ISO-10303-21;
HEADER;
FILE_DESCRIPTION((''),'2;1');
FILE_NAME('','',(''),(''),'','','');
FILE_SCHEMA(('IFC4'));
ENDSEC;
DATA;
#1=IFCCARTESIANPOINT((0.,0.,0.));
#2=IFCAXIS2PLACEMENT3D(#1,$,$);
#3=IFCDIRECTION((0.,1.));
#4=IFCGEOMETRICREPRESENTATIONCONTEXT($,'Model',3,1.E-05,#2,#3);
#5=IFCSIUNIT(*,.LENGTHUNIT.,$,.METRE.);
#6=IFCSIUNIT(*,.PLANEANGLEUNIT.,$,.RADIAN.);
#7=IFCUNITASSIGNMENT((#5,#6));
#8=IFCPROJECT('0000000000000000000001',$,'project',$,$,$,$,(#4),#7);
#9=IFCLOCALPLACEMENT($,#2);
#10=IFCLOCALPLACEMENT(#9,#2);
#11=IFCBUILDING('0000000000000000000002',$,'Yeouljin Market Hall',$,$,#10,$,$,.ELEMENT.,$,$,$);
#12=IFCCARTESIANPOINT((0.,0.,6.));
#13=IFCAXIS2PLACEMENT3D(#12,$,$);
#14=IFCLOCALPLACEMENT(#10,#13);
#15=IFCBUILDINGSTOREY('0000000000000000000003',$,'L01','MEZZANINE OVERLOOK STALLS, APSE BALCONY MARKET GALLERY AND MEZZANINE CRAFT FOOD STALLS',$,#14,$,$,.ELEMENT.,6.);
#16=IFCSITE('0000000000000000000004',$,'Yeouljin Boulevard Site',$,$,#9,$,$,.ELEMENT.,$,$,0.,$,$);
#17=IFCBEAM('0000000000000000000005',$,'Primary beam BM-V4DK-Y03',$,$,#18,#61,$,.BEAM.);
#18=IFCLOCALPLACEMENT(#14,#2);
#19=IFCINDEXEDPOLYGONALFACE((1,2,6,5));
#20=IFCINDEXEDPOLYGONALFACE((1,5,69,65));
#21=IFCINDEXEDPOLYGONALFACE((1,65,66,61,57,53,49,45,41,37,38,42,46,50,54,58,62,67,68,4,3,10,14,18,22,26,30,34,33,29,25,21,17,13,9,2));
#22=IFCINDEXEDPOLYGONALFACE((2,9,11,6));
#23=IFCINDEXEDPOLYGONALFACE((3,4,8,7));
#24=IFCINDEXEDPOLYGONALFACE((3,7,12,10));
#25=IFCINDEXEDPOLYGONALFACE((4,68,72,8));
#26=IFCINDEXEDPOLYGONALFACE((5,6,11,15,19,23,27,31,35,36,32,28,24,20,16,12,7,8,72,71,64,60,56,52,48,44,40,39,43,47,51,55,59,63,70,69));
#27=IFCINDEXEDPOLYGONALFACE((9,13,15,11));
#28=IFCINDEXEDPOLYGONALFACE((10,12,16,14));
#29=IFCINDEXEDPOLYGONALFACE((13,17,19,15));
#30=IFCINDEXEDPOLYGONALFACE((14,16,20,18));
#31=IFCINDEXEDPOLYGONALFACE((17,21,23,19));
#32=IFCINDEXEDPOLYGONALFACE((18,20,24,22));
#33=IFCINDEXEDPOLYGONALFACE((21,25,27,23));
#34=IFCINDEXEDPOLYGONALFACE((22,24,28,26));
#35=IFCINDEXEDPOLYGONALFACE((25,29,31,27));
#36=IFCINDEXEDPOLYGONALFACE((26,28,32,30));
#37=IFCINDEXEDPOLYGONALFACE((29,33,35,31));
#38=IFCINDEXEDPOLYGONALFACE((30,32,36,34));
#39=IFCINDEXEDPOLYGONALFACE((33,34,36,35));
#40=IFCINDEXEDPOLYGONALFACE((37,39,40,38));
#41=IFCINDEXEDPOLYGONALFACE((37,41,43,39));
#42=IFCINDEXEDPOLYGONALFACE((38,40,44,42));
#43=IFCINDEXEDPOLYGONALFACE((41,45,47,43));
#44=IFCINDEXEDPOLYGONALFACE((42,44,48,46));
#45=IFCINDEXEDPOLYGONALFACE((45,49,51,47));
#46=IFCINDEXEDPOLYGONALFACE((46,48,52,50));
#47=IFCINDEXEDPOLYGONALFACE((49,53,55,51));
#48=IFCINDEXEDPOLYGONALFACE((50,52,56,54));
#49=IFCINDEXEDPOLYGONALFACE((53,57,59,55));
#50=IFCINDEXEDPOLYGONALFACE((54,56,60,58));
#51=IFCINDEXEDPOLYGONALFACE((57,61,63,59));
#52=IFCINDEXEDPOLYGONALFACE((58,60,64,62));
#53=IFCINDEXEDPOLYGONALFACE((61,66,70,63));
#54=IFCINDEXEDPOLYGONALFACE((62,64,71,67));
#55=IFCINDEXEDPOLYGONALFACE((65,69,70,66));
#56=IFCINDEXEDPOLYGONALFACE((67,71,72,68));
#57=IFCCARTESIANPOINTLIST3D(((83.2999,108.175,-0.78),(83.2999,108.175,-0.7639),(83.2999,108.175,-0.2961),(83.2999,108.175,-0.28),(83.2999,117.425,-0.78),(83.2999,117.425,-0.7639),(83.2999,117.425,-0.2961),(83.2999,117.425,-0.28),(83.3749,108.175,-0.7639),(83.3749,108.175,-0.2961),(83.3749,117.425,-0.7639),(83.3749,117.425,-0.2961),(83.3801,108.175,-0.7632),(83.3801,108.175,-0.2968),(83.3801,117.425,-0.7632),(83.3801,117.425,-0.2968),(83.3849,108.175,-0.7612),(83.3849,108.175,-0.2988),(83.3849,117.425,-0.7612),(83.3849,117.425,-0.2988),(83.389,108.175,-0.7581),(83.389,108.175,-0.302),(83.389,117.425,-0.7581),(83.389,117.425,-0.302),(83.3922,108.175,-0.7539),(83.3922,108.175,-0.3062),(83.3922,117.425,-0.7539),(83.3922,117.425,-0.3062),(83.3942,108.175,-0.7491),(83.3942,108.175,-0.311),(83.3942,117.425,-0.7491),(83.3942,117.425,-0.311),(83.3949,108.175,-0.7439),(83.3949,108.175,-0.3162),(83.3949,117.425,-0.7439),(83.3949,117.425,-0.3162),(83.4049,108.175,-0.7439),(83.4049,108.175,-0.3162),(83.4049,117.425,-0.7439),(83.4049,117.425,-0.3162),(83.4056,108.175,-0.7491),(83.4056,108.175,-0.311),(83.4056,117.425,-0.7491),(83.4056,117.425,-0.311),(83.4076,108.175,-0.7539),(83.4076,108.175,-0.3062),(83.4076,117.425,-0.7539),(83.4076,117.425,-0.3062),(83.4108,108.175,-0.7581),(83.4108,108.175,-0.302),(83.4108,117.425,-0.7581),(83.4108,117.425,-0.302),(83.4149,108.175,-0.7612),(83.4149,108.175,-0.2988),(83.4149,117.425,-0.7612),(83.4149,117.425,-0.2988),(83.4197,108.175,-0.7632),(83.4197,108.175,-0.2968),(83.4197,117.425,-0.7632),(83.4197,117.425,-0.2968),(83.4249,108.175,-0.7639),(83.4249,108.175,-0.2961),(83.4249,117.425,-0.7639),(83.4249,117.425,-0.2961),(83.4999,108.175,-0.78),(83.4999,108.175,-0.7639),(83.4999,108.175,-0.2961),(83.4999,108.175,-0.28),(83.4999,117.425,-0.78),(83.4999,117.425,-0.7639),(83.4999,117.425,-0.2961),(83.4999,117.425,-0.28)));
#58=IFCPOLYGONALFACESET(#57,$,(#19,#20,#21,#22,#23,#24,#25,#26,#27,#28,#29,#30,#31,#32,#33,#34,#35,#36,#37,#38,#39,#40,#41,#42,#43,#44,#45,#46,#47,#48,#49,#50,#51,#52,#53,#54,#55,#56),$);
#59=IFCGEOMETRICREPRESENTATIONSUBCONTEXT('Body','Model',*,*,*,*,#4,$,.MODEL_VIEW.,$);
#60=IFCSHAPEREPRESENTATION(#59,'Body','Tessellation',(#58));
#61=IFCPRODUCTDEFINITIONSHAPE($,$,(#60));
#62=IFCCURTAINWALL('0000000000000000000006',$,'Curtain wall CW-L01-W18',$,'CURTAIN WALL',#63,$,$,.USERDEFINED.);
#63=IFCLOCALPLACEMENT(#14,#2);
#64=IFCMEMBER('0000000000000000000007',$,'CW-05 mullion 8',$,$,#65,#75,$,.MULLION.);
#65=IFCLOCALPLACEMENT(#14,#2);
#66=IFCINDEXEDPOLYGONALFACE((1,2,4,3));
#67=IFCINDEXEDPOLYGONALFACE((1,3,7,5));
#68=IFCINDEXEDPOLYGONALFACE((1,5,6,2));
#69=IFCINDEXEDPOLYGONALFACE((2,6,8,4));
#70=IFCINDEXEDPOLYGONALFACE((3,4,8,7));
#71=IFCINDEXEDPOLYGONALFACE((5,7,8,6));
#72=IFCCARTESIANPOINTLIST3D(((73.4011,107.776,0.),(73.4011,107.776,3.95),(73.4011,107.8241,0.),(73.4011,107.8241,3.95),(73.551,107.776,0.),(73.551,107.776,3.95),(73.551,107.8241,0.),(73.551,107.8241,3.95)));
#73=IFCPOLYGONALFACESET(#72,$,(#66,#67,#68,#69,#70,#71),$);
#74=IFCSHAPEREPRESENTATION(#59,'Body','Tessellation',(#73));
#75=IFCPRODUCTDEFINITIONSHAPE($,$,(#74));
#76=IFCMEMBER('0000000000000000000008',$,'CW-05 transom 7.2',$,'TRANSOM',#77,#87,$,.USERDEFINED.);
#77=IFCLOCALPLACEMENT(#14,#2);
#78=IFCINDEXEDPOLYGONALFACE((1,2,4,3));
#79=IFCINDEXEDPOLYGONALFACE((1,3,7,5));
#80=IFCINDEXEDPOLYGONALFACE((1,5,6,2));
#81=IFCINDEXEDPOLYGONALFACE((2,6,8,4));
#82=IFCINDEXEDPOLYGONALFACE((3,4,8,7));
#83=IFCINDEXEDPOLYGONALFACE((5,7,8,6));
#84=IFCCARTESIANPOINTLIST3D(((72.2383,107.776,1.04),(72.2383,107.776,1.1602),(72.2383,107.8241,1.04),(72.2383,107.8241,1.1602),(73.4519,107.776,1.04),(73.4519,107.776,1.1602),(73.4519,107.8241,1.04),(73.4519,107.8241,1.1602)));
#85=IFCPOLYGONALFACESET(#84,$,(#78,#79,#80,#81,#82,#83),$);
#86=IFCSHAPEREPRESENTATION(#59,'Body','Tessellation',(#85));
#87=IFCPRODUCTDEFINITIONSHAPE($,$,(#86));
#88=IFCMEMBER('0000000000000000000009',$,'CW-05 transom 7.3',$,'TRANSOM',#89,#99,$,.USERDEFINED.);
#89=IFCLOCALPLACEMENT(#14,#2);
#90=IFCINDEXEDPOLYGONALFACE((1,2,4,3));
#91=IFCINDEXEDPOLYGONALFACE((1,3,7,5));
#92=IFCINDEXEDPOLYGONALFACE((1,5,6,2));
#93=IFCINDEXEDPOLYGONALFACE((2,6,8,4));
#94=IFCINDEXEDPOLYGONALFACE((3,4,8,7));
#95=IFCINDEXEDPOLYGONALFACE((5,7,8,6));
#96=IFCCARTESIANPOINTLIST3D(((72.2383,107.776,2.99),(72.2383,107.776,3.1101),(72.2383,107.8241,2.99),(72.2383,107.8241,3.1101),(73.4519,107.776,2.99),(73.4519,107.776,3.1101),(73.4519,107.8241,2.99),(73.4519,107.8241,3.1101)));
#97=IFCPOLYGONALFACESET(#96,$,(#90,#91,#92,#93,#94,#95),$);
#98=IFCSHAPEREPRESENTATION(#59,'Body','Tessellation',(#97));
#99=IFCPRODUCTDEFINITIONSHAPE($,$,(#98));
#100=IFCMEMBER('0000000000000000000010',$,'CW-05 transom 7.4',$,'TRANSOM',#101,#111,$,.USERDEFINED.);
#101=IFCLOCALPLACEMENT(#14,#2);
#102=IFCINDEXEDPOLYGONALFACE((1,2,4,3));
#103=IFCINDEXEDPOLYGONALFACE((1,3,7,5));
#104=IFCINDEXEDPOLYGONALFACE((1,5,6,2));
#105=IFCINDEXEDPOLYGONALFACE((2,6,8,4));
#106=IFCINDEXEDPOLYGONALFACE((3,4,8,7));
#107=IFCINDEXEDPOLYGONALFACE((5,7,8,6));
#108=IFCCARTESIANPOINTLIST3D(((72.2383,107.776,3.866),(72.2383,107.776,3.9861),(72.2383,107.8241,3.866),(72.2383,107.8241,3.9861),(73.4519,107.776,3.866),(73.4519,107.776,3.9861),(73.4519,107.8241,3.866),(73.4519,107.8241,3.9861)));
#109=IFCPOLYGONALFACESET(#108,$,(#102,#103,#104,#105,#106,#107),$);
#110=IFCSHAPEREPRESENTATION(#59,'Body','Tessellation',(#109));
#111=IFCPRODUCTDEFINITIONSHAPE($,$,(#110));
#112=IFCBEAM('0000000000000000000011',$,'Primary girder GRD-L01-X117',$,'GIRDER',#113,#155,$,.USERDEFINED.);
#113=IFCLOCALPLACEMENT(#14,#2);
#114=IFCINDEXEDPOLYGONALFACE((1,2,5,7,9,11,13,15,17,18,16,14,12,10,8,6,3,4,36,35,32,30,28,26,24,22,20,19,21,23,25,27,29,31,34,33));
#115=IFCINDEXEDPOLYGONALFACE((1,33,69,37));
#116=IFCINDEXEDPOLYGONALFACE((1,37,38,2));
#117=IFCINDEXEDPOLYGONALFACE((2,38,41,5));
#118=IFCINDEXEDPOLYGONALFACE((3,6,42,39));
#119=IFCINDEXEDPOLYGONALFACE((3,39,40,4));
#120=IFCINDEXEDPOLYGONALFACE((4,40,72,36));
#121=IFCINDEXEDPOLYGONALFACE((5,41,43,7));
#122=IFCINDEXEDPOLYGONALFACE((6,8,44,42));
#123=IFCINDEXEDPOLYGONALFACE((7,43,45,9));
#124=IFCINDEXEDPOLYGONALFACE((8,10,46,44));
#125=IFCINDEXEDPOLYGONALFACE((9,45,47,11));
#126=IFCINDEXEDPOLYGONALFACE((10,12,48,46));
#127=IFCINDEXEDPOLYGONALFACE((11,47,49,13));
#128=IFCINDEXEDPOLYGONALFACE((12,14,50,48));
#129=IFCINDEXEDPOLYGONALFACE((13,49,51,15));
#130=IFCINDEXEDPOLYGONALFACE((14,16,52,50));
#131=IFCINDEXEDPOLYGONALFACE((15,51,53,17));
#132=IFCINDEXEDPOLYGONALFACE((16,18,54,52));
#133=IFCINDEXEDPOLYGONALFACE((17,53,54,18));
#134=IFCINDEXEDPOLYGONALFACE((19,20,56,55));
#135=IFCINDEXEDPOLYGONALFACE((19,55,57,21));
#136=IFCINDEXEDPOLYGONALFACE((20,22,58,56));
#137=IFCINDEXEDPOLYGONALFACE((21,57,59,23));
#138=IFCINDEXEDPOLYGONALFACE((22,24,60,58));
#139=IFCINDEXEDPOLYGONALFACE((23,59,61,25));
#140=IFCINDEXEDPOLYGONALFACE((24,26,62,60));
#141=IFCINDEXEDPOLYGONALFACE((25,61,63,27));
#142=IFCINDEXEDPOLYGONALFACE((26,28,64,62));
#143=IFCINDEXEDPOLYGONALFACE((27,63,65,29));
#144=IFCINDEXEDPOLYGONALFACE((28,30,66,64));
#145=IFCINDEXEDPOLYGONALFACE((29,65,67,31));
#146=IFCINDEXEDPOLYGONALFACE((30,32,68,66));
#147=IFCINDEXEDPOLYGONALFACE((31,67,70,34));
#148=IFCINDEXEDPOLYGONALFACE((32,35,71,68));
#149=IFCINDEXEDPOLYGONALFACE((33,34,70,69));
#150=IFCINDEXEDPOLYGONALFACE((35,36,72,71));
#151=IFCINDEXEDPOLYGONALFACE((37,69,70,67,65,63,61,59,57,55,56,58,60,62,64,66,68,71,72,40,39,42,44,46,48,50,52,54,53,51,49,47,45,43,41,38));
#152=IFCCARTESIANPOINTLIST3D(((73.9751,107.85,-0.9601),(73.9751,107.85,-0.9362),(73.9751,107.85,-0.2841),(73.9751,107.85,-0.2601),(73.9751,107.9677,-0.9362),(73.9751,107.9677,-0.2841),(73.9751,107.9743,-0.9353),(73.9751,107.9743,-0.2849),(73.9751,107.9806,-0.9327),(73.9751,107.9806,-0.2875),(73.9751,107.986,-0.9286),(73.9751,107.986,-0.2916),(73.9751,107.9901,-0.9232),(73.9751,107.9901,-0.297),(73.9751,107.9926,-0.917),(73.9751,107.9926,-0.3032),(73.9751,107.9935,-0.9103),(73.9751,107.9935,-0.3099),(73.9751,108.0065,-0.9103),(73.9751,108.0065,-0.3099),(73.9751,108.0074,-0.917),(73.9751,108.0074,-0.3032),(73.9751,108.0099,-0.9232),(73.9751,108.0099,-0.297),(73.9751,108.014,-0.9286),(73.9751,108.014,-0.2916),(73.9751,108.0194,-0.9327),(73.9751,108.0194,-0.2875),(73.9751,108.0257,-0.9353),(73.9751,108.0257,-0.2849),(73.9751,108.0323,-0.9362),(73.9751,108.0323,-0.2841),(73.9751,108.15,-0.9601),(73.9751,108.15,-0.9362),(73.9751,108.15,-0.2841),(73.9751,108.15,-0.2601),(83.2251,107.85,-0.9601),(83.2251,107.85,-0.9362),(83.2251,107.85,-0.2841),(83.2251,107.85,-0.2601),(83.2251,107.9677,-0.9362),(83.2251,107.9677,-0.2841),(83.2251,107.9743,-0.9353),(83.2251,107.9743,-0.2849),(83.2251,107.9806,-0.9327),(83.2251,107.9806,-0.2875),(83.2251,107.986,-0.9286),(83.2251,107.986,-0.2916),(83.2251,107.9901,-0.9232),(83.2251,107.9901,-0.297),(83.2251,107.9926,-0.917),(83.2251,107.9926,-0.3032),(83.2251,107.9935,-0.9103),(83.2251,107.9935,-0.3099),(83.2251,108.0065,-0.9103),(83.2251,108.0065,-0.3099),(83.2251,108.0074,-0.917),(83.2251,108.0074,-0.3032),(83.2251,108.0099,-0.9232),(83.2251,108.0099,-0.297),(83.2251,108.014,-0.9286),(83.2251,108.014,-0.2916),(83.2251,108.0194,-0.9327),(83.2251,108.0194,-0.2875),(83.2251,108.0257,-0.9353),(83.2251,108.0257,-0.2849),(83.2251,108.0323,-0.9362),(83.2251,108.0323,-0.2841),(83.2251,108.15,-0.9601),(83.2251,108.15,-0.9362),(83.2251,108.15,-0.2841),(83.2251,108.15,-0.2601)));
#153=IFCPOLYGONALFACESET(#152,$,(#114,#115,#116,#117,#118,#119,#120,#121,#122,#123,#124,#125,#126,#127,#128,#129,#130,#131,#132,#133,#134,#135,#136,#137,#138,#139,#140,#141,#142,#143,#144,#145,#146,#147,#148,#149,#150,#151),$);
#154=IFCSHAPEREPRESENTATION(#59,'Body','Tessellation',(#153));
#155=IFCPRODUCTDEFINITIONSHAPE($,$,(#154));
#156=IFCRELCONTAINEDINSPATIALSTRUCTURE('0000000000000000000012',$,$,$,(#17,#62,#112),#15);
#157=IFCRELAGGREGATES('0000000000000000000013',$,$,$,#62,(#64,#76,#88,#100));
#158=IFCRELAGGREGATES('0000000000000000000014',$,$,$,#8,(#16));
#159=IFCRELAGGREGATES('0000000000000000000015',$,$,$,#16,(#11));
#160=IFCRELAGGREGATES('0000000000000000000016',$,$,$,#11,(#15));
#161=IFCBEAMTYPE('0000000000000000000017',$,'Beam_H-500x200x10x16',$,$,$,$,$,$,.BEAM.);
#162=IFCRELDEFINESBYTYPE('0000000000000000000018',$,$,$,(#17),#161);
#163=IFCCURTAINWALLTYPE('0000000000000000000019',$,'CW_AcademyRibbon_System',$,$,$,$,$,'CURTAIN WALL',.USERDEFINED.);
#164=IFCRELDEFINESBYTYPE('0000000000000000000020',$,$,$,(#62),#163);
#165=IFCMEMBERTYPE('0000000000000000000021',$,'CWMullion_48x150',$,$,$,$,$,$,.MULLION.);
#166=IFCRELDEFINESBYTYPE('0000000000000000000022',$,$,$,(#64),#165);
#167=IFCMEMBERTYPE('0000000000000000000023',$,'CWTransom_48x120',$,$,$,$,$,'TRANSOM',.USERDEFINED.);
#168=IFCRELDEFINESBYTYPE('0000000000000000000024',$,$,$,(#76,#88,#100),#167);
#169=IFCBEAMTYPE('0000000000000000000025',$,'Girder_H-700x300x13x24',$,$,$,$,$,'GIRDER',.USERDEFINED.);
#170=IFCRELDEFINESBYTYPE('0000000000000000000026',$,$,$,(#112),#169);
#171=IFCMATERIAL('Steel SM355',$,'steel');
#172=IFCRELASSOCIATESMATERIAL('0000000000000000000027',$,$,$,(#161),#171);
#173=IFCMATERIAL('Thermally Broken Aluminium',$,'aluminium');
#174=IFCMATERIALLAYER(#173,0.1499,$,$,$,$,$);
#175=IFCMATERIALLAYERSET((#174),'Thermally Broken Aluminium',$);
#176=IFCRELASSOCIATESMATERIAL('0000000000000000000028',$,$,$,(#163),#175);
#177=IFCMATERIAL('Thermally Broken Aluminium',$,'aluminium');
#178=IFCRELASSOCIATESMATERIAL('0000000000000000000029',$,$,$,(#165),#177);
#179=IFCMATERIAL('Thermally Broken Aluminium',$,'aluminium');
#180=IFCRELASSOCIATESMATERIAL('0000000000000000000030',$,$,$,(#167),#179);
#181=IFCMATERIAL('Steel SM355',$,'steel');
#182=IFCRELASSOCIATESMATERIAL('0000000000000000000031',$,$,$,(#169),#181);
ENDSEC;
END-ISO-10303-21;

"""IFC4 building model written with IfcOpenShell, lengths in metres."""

from ifc_helpers import new_model, si_unit, direction, frame, origin, origin_2d, place, context, subcontext, project, spatial, rectangle, i_section, extrude, material, layer, layer_set, material_profile, profile_set, type_object, element, aggregate, save


model = new_model("IFC4")

# Units and contexts
model_context = context("Model", 3, precision=1e-05, world=origin(), true_north=direction((0.0, 1.0)))
body_context = subcontext(model_context, "Body", "Model", "MODEL_VIEW")
ifc_project = project(units=[si_unit("LENGTHUNIT", "METRE"), si_unit("PLANEANGLEUNIT", "RADIAN")], contexts=[model_context])

# Site, building, storey
site_placement = place(None, origin())
site = spatial("IfcSite", under=ifc_project, at=site_placement, Name="Yeouljin Boulevard Site", CompositionType="ELEMENT", RefElevation=0.0)
building_placement = place(site_placement, origin())
building = spatial("IfcBuilding", under=site, at=building_placement, Name="Yeouljin Market Hall", CompositionType="ELEMENT")
storey_placement = place(building_placement, frame((0.0, 0.0, 6.0)))
storey = spatial("IfcBuildingStorey", under=building, at=storey_placement, Name="L01", Description="MEZZANINE OVERLOOK STALLS, APSE BALCONY MARKET GALLERY AND MEZZANINE CRAFT FOOD STALLS", CompositionType="ELEMENT", Elevation=6.0)

# Beam
ifc_material_1 = material(Name="Steel SM355", Category="steel")
ifc_material_profile_1 = material_profile(ifc_material_1, i_section(OverallWidth=0.2, OverallDepth=0.5, WebThickness=0.01, FlangeThickness=0.0161, FilletRadius=0.02, at=origin_2d()), Name="H-500x200x10x16")
ifc_profile_set_1 = profile_set([ifc_material_profile_1], Name="Steel SM355")
beam_type_1 = type_object("IfcBeamType", Name="Beam_H-500x200x10x16", PredefinedType="BEAM", material=ifc_profile_set_1)
for number, where, z_axis, x_axis, name in (
    (1, (83.3999, 108.175, -0.53), (0.0, 1.0, 0.0), (-1.0, 0.0, 0.0), "Primary beam BM-V4DK-Y03"),
):
    element("IfcBeam", number, at=place(storey_placement, frame(where, z_axis=z_axis, x_axis=x_axis)), inside=storey, type_object=beam_type_1, Name=name, PredefinedType="BEAM", context=body_context, shape_type="SweptSolid", body=[
        extrude(i_section(OverallWidth=0.2, OverallDepth=0.5, WebThickness=0.01, FlangeThickness=0.0161, FilletRadius=0.02, at=origin_2d()), origin(), (0.0, 0.0, 1.0), 9.25),
    ])

# Curtain wall, members
ifc_material_2 = material(Name="Thermally Broken Aluminium", Category="aluminium")
ifc_layer_1 = layer(ifc_material_2, 0.1499)
ifc_layer_set_1 = layer_set([ifc_layer_1], Name="Thermally Broken Aluminium")
curtain_wall_type = type_object("IfcCurtainWallType", Name="CW_AcademyRibbon_System", ElementType="CURTAIN WALL", PredefinedType="USERDEFINED", material=ifc_layer_set_1)
curtain_wall_placement = place(storey_placement, origin())
curtain_wall = element("IfcCurtainWall", 2, at=curtain_wall_placement, inside=storey, type_object=curtain_wall_type, Name="Curtain wall CW-L01-W18", ObjectType="CURTAIN WALL", PredefinedType="USERDEFINED")
ifc_material_3 = material(Name="Thermally Broken Aluminium", Category="aluminium")
ifc_material_profile_2 = material_profile(ifc_material_3, rectangle(XDim=0.0481, YDim=0.1499, at=origin_2d()), Name="CW-MULL-48x150")
ifc_profile_set_2 = profile_set([ifc_material_profile_2], Name="Thermally Broken Aluminium")
member_type_1 = type_object("IfcMemberType", Name="CWMullion_48x150", PredefinedType="MULLION", material=ifc_profile_set_2)
member_1_placement = place(storey_placement, frame((73.4761, 107.8, 0.0), z_axis=(0.0, 0.0, 1.0), x_axis=(0.0, 1.0, 0.0)))
member_1 = element("IfcMember", 3, at=member_1_placement, type_object=member_type_1, Name="CW-05 mullion 8", PredefinedType="MULLION", context=body_context, shape_type="SweptSolid", body=[
    extrude(rectangle(XDim=0.0481, YDim=0.1499, at=origin_2d()), origin(), (0.0, 0.0, 1.0), 3.95),
])
ifc_material_4 = material(Name="Thermally Broken Aluminium", Category="aluminium")
ifc_material_profile_3 = material_profile(ifc_material_4, rectangle(XDim=0.0481, YDim=0.1201, at=origin_2d()), Name="CW-TRAN-48x120")
ifc_profile_set_3 = profile_set([ifc_material_profile_3], Name="Thermally Broken Aluminium")
member_type_2 = type_object("IfcMemberType", Name="CWTransom_48x120", ElementType="TRANSOM", PredefinedType="USERDEFINED", material=ifc_profile_set_3)
member_2_placement = place(storey_placement, frame((72.2383, 107.8, 1.1001), z_axis=(1.0, 0.0, 0.0), x_axis=(0.0, 1.0, 0.0)))
member_2 = element("IfcMember", 4, at=member_2_placement, type_object=member_type_2, Name="CW-05 transom 7.2", ObjectType="TRANSOM", PredefinedType="USERDEFINED", context=body_context, shape_type="SweptSolid", body=[
    extrude(rectangle(XDim=0.0481, YDim=0.1201, at=origin_2d()), origin(), (0.0, 0.0, 1.0), 1.2136),
])
member_3_placement = place(storey_placement, frame((72.2383, 107.8, 3.05), z_axis=(1.0, 0.0, 0.0), x_axis=(0.0, 1.0, 0.0)))
member_3 = element("IfcMember", 5, at=member_3_placement, type_object=member_type_2, Name="CW-05 transom 7.3", ObjectType="TRANSOM", PredefinedType="USERDEFINED", context=body_context, shape_type="SweptSolid", body=[
    extrude(rectangle(XDim=0.0481, YDim=0.1201, at=origin_2d()), origin(), (0.0, 0.0, 1.0), 1.2136),
])
member_4_placement = place(storey_placement, frame((72.2383, 107.8, 3.926), z_axis=(1.0, 0.0, 0.0), x_axis=(0.0, 1.0, 0.0)))
member_4 = element("IfcMember", 6, at=member_4_placement, type_object=member_type_2, Name="CW-05 transom 7.4", ObjectType="TRANSOM", PredefinedType="USERDEFINED", context=body_context, shape_type="SweptSolid", body=[
    extrude(rectangle(XDim=0.0481, YDim=0.1201, at=origin_2d()), origin(), (0.0, 0.0, 1.0), 1.2136),
])

# Beam
ifc_material_5 = material(Name="Steel SM355", Category="steel")
ifc_material_profile_4 = material_profile(ifc_material_5, i_section(OverallWidth=0.3, OverallDepth=0.7, WebThickness=0.0129, FlangeThickness=0.0239, FilletRadius=0.0259, at=origin_2d()), Name="H-700x300x13x24")
ifc_profile_set_4 = profile_set([ifc_material_profile_4], Name="Steel SM355")
beam_type_2 = type_object("IfcBeamType", Name="Girder_H-700x300x13x24", ElementType="GIRDER", PredefinedType="USERDEFINED", material=ifc_profile_set_4)
for number, where, z_axis, x_axis, name in (
    (7, (73.9751, 108.0, -0.6101), (1.0, 0.0, 0.0), (0.0, 1.0, 0.0), "Primary girder GRD-L01-X117"),
):
    element("IfcBeam", number, at=place(storey_placement, frame(where, z_axis=z_axis, x_axis=x_axis)), inside=storey, type_object=beam_type_2, Name=name, ObjectType="GIRDER", PredefinedType="USERDEFINED", context=body_context, shape_type="SweptSolid", body=[
        extrude(i_section(OverallWidth=0.3, OverallDepth=0.7, WebThickness=0.0129, FlangeThickness=0.0239, FilletRadius=0.0259, at=origin_2d()), origin(), (0.0, 0.0, 1.0), 9.25),
    ])

aggregate(curtain_wall, [member_1, member_2, member_3, member_4])

save(model, "model.ifc")
